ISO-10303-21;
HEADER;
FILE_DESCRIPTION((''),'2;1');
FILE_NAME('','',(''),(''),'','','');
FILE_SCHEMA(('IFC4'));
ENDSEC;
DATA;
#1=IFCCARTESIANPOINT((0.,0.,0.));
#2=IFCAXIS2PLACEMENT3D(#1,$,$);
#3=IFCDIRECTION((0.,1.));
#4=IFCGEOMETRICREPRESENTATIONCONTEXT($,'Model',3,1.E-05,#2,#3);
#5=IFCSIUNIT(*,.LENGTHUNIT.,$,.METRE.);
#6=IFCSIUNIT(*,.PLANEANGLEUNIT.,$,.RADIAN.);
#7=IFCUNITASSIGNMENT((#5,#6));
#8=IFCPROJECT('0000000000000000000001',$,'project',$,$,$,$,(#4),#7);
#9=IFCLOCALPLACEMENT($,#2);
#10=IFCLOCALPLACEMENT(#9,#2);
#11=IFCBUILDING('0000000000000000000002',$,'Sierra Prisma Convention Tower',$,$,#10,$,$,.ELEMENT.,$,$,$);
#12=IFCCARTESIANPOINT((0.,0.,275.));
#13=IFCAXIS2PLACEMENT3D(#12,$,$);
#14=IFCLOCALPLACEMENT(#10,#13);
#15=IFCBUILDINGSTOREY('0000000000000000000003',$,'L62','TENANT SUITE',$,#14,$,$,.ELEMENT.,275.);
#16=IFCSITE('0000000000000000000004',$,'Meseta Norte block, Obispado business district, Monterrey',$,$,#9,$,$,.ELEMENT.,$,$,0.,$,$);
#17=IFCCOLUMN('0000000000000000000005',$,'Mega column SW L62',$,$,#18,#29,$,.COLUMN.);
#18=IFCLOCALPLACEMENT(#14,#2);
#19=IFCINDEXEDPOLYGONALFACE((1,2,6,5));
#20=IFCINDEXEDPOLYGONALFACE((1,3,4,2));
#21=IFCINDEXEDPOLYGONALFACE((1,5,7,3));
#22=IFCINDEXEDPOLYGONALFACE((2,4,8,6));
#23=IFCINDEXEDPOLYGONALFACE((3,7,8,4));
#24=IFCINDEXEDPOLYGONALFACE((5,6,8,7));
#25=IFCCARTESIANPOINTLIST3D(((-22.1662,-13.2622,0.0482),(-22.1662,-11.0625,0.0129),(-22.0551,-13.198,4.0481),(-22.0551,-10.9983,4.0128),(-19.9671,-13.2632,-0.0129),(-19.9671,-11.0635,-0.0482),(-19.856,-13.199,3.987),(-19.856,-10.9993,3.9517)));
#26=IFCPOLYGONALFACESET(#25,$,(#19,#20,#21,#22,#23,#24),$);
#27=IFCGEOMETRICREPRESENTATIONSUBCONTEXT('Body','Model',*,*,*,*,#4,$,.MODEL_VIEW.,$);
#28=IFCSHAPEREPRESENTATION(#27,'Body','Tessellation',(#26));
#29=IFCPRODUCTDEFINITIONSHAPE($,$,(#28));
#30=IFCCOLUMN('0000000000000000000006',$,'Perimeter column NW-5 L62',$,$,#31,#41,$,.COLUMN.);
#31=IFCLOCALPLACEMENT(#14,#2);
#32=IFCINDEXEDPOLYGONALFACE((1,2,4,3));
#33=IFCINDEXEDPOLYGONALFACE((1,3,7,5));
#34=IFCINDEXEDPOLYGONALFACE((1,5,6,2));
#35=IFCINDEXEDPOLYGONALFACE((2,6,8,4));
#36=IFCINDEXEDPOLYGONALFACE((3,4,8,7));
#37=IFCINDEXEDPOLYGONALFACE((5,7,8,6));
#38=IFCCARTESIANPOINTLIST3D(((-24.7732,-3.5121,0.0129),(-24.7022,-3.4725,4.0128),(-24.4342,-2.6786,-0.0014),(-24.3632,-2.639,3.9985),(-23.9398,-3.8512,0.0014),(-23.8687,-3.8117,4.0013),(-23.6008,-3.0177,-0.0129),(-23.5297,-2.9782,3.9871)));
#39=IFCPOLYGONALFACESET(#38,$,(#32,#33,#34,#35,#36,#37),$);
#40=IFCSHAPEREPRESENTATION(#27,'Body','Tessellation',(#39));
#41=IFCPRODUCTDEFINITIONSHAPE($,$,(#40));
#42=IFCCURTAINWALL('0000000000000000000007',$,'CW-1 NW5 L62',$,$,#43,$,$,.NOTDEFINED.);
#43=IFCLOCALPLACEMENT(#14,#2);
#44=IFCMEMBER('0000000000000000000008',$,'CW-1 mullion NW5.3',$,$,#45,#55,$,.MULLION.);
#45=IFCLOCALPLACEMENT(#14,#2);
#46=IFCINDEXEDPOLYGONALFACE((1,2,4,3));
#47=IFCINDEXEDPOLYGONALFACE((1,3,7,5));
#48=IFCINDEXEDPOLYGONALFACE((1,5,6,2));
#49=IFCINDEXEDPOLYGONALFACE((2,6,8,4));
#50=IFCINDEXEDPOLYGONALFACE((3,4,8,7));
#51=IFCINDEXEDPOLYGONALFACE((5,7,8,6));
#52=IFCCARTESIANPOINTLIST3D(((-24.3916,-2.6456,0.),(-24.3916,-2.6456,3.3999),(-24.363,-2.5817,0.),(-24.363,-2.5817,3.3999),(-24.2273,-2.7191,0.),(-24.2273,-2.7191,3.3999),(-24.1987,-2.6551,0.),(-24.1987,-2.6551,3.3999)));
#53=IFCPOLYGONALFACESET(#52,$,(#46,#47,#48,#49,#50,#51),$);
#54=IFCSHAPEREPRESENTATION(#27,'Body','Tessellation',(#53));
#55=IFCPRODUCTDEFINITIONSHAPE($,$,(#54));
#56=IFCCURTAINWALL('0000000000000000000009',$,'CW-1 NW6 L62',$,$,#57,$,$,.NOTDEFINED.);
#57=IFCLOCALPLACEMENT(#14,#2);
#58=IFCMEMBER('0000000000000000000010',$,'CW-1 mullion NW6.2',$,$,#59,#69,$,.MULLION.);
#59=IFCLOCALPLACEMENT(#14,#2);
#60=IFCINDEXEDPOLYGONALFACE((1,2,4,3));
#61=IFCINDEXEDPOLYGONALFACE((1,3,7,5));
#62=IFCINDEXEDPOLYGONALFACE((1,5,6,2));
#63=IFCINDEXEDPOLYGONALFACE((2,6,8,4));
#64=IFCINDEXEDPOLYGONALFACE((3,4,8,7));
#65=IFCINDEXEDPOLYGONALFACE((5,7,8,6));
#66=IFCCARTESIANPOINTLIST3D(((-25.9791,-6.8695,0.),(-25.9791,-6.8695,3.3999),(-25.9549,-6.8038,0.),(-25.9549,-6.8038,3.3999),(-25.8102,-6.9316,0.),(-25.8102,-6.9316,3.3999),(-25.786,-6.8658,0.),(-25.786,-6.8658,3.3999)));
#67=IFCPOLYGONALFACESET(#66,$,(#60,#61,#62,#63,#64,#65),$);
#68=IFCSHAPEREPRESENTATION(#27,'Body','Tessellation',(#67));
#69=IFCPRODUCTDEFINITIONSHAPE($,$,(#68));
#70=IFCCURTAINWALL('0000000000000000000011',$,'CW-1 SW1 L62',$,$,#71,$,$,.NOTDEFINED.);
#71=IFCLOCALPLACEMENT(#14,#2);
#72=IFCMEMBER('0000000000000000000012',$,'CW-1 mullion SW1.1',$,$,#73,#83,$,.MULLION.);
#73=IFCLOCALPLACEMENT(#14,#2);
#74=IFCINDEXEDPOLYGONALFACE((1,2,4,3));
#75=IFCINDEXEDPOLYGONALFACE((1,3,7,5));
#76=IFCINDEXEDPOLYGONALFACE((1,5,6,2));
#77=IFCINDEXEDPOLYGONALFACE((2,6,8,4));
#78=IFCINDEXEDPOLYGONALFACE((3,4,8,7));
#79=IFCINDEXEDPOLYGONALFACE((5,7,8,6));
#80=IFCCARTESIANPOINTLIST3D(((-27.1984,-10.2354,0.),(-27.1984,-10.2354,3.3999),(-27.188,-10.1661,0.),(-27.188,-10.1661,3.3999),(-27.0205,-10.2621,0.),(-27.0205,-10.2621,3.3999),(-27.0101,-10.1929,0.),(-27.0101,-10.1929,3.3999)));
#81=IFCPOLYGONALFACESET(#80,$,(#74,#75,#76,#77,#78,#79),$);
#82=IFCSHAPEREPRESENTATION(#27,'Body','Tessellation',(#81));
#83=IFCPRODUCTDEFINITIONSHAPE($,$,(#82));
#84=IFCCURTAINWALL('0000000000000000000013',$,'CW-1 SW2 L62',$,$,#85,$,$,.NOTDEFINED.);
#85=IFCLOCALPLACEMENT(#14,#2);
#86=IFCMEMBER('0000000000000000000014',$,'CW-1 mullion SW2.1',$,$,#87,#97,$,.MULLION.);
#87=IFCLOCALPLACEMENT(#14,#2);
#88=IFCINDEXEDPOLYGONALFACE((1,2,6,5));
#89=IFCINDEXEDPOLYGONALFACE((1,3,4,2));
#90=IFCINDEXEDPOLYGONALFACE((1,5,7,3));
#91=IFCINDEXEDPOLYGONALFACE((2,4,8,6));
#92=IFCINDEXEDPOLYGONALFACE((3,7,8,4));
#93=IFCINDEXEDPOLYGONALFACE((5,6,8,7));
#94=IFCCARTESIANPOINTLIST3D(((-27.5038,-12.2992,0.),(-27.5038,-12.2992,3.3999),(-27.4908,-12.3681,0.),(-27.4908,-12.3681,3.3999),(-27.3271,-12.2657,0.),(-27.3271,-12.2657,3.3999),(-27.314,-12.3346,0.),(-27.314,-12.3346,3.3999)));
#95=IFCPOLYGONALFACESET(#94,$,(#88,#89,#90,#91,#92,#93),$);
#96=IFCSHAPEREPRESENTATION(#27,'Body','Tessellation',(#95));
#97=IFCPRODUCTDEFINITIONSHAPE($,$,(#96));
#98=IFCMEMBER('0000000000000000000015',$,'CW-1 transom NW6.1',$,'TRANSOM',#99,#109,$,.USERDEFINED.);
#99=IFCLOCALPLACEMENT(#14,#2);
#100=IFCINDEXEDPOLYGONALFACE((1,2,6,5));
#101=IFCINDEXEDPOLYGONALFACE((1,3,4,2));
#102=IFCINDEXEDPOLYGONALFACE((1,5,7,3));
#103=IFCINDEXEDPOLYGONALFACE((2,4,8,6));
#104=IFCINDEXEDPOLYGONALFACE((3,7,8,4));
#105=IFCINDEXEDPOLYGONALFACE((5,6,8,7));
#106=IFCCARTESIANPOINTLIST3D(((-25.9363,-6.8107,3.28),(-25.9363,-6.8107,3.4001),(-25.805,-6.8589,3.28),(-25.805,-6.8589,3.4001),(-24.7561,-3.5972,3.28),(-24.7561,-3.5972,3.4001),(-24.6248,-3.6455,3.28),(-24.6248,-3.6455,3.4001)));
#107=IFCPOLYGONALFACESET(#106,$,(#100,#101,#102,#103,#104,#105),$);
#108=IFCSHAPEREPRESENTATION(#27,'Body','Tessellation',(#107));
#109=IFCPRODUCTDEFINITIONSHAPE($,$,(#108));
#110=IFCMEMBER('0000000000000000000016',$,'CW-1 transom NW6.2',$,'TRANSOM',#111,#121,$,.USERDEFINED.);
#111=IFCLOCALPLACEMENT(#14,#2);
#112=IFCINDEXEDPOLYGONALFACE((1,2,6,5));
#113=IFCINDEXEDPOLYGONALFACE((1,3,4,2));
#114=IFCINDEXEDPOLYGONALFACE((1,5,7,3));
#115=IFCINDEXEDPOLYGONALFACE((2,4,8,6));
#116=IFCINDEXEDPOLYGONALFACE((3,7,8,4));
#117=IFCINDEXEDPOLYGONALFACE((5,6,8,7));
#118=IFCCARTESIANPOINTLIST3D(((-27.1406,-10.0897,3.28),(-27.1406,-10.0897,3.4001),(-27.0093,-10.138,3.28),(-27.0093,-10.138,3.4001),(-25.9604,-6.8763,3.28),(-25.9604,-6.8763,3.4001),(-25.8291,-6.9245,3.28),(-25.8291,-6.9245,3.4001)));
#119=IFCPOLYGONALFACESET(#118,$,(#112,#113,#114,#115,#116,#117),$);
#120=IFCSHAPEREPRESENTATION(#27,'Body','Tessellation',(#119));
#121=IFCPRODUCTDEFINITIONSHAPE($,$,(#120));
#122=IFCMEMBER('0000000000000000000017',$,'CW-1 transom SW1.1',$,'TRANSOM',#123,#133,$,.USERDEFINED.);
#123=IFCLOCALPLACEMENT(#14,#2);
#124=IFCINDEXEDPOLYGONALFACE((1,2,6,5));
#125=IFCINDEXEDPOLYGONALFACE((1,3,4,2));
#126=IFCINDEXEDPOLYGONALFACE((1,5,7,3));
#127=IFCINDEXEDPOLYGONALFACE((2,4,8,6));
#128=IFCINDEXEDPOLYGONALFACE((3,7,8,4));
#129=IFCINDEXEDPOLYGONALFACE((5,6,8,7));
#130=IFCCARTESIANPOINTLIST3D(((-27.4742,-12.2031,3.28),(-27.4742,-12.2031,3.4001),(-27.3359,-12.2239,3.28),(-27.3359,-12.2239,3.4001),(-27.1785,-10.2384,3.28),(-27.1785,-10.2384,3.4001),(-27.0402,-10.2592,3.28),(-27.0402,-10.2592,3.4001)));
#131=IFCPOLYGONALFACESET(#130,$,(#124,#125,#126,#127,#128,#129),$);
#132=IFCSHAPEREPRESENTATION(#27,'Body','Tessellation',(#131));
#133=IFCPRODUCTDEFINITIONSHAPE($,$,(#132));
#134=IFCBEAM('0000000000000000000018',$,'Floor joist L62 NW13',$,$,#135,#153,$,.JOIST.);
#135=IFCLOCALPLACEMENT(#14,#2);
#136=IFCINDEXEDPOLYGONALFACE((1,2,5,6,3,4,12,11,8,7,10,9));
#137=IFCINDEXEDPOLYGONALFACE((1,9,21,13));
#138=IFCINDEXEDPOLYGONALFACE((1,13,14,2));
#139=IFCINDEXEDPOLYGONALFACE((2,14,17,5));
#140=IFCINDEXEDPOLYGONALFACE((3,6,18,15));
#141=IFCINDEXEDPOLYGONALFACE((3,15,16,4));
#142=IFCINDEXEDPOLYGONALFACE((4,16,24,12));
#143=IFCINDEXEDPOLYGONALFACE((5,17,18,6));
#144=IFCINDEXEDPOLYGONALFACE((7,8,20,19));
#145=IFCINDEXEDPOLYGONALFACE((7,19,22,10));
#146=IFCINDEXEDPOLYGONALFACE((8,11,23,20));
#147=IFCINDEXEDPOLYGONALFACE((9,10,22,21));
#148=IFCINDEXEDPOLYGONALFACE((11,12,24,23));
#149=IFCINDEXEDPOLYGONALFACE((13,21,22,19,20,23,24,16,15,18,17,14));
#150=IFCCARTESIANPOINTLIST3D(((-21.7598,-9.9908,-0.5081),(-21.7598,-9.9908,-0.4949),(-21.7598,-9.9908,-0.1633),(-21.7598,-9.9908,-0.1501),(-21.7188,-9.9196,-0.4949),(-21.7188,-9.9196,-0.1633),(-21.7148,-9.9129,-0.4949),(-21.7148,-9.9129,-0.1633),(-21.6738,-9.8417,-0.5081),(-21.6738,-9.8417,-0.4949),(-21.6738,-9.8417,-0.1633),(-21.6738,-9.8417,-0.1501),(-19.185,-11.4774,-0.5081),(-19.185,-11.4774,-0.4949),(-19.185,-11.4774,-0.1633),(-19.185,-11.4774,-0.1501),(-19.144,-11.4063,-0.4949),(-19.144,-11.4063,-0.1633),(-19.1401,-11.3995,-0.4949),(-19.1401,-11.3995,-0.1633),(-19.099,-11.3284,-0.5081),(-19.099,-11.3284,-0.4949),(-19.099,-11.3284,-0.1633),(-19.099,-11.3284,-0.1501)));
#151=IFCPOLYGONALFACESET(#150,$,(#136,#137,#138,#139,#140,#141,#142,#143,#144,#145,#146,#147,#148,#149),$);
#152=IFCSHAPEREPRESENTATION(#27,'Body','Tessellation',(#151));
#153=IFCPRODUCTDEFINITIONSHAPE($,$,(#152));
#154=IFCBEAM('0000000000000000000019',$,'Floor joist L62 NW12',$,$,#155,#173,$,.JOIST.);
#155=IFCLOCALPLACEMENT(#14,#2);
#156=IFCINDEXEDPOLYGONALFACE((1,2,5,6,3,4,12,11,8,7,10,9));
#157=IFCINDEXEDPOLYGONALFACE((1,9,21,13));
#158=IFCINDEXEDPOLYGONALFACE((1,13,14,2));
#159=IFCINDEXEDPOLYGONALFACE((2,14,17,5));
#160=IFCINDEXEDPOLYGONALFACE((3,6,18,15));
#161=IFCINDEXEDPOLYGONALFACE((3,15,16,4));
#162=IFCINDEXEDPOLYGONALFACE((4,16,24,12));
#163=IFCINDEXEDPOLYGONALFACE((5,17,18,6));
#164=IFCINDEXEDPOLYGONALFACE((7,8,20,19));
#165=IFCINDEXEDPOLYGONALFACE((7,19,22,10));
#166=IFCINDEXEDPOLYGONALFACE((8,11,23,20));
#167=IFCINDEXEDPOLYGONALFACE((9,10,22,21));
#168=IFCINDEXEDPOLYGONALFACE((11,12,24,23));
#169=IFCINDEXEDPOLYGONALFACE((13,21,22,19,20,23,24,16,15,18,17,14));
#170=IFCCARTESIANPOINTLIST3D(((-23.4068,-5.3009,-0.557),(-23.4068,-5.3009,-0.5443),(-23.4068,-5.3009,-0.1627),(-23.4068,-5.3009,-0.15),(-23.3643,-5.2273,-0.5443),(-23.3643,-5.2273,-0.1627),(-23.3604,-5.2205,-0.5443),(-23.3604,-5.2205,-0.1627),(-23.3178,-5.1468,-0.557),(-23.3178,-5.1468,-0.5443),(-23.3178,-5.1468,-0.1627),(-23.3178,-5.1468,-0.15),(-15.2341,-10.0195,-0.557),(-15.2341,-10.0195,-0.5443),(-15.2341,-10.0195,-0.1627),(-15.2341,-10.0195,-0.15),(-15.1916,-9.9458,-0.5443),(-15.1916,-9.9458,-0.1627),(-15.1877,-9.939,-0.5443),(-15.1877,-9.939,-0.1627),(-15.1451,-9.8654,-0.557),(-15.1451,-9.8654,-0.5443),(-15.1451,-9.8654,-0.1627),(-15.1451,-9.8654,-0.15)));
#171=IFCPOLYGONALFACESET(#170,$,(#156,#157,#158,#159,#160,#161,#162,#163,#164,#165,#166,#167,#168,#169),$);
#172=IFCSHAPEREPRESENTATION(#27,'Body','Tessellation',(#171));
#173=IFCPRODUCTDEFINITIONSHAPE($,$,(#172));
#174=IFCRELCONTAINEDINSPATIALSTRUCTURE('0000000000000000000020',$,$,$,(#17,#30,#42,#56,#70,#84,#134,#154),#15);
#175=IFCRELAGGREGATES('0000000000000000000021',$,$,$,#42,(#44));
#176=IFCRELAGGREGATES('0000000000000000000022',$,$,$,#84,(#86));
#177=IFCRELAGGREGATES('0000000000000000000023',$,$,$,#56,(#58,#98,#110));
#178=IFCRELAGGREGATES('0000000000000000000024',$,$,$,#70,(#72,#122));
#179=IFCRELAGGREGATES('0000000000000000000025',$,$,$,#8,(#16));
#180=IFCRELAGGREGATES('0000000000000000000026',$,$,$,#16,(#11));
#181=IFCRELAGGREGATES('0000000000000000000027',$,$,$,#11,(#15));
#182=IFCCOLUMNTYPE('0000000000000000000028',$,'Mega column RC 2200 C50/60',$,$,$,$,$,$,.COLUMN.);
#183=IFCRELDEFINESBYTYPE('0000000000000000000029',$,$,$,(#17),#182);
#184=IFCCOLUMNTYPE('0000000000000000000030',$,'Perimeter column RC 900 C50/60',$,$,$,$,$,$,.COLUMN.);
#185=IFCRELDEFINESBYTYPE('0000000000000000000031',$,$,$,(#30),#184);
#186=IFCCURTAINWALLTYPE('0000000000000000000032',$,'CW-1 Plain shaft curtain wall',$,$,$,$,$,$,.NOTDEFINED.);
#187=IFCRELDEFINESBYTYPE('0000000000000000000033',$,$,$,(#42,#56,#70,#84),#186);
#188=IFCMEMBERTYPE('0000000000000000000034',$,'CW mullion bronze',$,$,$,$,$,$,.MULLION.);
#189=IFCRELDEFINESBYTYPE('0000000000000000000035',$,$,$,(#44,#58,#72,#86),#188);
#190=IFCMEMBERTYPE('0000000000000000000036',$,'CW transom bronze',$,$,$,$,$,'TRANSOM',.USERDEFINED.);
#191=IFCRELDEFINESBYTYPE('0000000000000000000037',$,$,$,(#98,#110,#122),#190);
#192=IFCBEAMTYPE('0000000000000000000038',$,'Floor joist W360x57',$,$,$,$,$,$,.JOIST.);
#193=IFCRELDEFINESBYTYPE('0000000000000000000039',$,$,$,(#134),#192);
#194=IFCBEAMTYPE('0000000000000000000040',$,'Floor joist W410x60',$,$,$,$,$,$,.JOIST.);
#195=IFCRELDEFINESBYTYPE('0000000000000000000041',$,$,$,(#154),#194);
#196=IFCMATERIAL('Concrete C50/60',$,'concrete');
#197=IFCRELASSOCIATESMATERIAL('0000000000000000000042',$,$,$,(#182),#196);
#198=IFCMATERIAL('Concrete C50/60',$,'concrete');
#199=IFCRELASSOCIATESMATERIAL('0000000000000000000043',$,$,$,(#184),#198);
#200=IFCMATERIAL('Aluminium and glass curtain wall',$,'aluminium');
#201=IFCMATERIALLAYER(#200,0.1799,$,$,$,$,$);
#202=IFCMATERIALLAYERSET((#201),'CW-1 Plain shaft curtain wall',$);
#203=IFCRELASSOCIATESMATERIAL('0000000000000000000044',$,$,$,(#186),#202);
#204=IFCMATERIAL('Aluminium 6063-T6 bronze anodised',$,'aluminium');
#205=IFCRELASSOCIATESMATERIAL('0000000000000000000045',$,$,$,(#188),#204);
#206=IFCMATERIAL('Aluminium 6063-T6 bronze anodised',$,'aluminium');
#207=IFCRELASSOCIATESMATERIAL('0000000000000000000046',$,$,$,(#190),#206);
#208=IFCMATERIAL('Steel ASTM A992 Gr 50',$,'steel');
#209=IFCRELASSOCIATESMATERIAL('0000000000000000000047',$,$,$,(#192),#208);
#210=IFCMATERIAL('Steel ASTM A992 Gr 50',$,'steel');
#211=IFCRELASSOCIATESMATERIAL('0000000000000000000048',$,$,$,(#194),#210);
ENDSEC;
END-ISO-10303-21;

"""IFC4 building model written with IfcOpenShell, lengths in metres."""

from ifc_helpers import new_model, si_unit, direction, frame, origin, origin_2d, place, context, subcontext, project, spatial, rectangle, i_section, extrude, material, layer, layer_set, material_profile, profile_set, type_object, element, aggregate, save


model = new_model("IFC4")

# Units and contexts
model_context = context("Model", 3, precision=1e-05, world=origin(), true_north=direction((0.0, 1.0)))
body_context = subcontext(model_context, "Body", "Model", "MODEL_VIEW")
ifc_project = project(units=[si_unit("LENGTHUNIT", "METRE"), si_unit("PLANEANGLEUNIT", "RADIAN")], contexts=[model_context])

# Site, building, storey
site_placement = place(None, origin())
site = spatial("IfcSite", under=ifc_project, at=site_placement, Name="Meseta Norte block, Obispado business district, Monterrey", CompositionType="ELEMENT", RefElevation=0.0)
building_placement = place(site_placement, origin())
building = spatial("IfcBuilding", under=site, at=building_placement, Name="Sierra Prisma Convention Tower", CompositionType="ELEMENT")
storey_placement = place(building_placement, frame((0.0, 0.0, 275.0)))
storey = spatial("IfcBuildingStorey", under=building, at=storey_placement, Name="L62", Description="TENANT SUITE", CompositionType="ELEMENT", Elevation=275.0)

# Columns
ifc_material_1 = material(Name="Concrete C50/60", Category="concrete")
ifc_material_profile_1 = material_profile(ifc_material_1, rectangle(XDim=2.2, YDim=2.2, at=origin_2d()), Name="Mega column RC 2200 C50/60")
ifc_profile_set_1 = profile_set([ifc_material_profile_1], Name="Concrete C50/60")
column_type_1 = type_object("IfcColumnType", Name="Mega column RC 2200 C50/60", PredefinedType="COLUMN", material=ifc_profile_set_1)
column_1_placement = place(storey_placement, frame((-21.0667, -12.1628, 0.0), z_axis=(0.027757, 0.016044, 0.999486), x_axis=(0.999615, -0.000446, -0.027753)))
element("IfcColumn", 1, at=column_1_placement, inside=storey, type_object=column_type_1, Name="Mega column SW L62", PredefinedType="COLUMN", context=body_context, shape_type="SweptSolid", body=[
    extrude(rectangle(XDim=2.2, YDim=2.2, at=origin_2d()), origin(), (0.0, 0.0, 1.0), 4.002),
])
ifc_material_2 = material(Name="Concrete C50/60", Category="concrete")
ifc_material_profile_2 = material_profile(ifc_material_2, rectangle(XDim=0.8999, YDim=0.8999, at=origin_2d()), Name="Perimeter column RC 900 C50/60")
ifc_profile_set_2 = profile_set([ifc_material_profile_2], Name="Concrete C50/60")
column_type_2 = type_object("IfcColumnType", Name="Perimeter column RC 900 C50/60", PredefinedType="COLUMN", material=ifc_profile_set_2)
column_2_placement = place(storey_placement, frame((-24.187, -3.2649, 0.0), z_axis=(0.017758, 0.009886, 0.999793), x_axis=(0.376697, 0.926201, -0.015849)))
element("IfcColumn", 2, at=column_2_placement, inside=storey, type_object=column_type_2, Name="Perimeter column NW-5 L62", PredefinedType="COLUMN", context=body_context, shape_type="SweptSolid", body=[
    extrude(rectangle(XDim=0.8999, YDim=0.8999, at=origin_2d()), origin(), (0.0, 0.0, 1.0), 4.0007),
])

# Curtain walls, members
ifc_material_3 = material(Name="Aluminium and glass curtain wall", Category="aluminium")
ifc_layer_1 = layer(ifc_material_3, 0.1799)
ifc_layer_set_1 = layer_set([ifc_layer_1], Name="CW-1 Plain shaft curtain wall")
curtain_wall_type = type_object("IfcCurtainWallType", Name="CW-1 Plain shaft curtain wall", PredefinedType="NOTDEFINED", material=ifc_layer_set_1)
curtain_wall_1_placement = place(storey_placement, origin())
curtain_wall_1 = element("IfcCurtainWall", 3, at=curtain_wall_1_placement, inside=storey, type_object=curtain_wall_type, Name="CW-1 NW5 L62", PredefinedType="NOTDEFINED")
ifc_material_4 = material(Name="Aluminium 6063-T6 bronze anodised", Category="aluminium")
ifc_material_profile_3 = material_profile(ifc_material_4, rectangle(XDim=0.1799, YDim=0.0701, at=origin_2d()), Name="ALU MULLION 70x180")
ifc_profile_set_3 = profile_set([ifc_material_profile_3], Name="Aluminium 6063-T6 bronze anodised")
member_type_1 = type_object("IfcMemberType", Name="CW mullion bronze", PredefinedType="MULLION", material=ifc_profile_set_3)
member_1_placement = place(storey_placement, frame((-24.2952, -2.6504, 0.0), z_axis=(0.0, 0.0, 1.0), x_axis=(0.912837, -0.408325, 0.0)))
member_1 = element("IfcMember", 4, at=member_1_placement, type_object=member_type_1, Name="CW-1 mullion NW5.3", PredefinedType="MULLION", context=body_context, shape_type="SweptSolid", body=[
    extrude(rectangle(XDim=0.1799, YDim=0.0701, at=origin_2d()), origin(), (0.0, 0.0, 1.0), 3.3999),
])
aggregate(curtain_wall_1, [member_1])
curtain_wall_2_placement = place(storey_placement, origin())
curtain_wall_2 = element("IfcCurtainWall", 5, at=curtain_wall_2_placement, inside=storey, type_object=curtain_wall_type, Name="CW-1 NW6 L62", PredefinedType="NOTDEFINED")
member_2_placement = place(storey_placement, frame((-25.8826, -6.8677, 0.0), z_axis=(0.0, 0.0, 1.0), x_axis=(0.938697, -0.344742, 0.0)))
member_2 = element("IfcMember", 6, at=member_2_placement, type_object=member_type_1, Name="CW-1 mullion NW6.2", PredefinedType="MULLION", context=body_context, shape_type="SweptSolid", body=[
    extrude(rectangle(XDim=0.1799, YDim=0.0701, at=origin_2d()), origin(), (0.0, 0.0, 1.0), 3.3999),
])
curtain_wall_3_placement = place(storey_placement, origin())
curtain_wall_3 = element("IfcCurtainWall", 7, at=curtain_wall_3_placement, inside=storey, type_object=curtain_wall_type, Name="CW-1 SW1 L62", PredefinedType="NOTDEFINED")
member_3_placement = place(storey_placement, frame((-27.1042, -10.2141, 0.0), z_axis=(0.0, 0.0, 1.0), x_axis=(0.988862, -0.148835, 0.0)))
member_3 = element("IfcMember", 8, at=member_3_placement, type_object=member_type_1, Name="CW-1 mullion SW1.1", PredefinedType="MULLION", context=body_context, shape_type="SweptSolid", body=[
    extrude(rectangle(XDim=0.1799, YDim=0.0701, at=origin_2d()), origin(), (0.0, 0.0, 1.0), 3.3999),
])
curtain_wall_4_placement = place(storey_placement, origin())
curtain_wall_4 = element("IfcCurtainWall", 9, at=curtain_wall_4_placement, inside=storey, type_object=curtain_wall_type, Name="CW-1 SW2 L62", PredefinedType="NOTDEFINED")
member_4_placement = place(storey_placement, frame((-27.4089, -12.3169, 0.0), z_axis=(0.0, 0.0, 1.0), x_axis=(0.982547, 0.186014, 0.0)))
member_4 = element("IfcMember", 10, at=member_4_placement, type_object=member_type_1, Name="CW-1 mullion SW2.1", PredefinedType="MULLION", context=body_context, shape_type="SweptSolid", body=[
    extrude(rectangle(XDim=0.1799, YDim=0.0701, at=origin_2d()), origin(), (0.0, 0.0, 1.0), 3.3999),
])
aggregate(curtain_wall_4, [member_4])

# Members
ifc_material_5 = material(Name="Aluminium 6063-T6 bronze anodised", Category="aluminium")
ifc_material_profile_4 = material_profile(ifc_material_5, rectangle(XDim=0.1399, YDim=0.1201, at=origin_2d()), Name="ALU TRANSOM 120x140")
ifc_profile_set_4 = profile_set([ifc_material_profile_4], Name="Aluminium 6063-T6 bronze anodised")
member_type_2 = type_object("IfcMemberType", Name="CW transom bronze", ElementType="TRANSOM", PredefinedType="USERDEFINED", material=ifc_profile_set_4)
member_5_placement = place(storey_placement, frame((-24.6904, -3.6213, 3.3401), z_axis=(-0.344753, -0.938693, 0.0), x_axis=(0.938693, -0.344753, 0.0)))
member_5 = element("IfcMember", 11, at=member_5_placement, type_object=member_type_2, Name="CW-1 transom NW6.1", ObjectType="TRANSOM", PredefinedType="USERDEFINED", context=body_context, shape_type="SweptSolid", body=[
    extrude(rectangle(XDim=0.1399, YDim=0.1201, at=origin_2d()), origin(), (0.0, 0.0, 1.0), 3.4233),
])
member_6_placement = place(storey_placement, frame((-25.8948, -6.9004, 3.3401), z_axis=(-0.344753, -0.938693, 0.0), x_axis=(0.938693, -0.344753, 0.0)))
member_6 = element("IfcMember", 12, at=member_6_placement, type_object=member_type_2, Name="CW-1 transom NW6.2", ObjectType="TRANSOM", PredefinedType="USERDEFINED", context=body_context, shape_type="SweptSolid", body=[
    extrude(rectangle(XDim=0.1399, YDim=0.1201, at=origin_2d()), origin(), (0.0, 0.0, 1.0), 3.4233),
])
member_7_placement = place(storey_placement, frame((-27.1094, -10.2488, 3.3401), z_axis=(-0.148815, -0.988865, 0.0), x_axis=(0.988865, -0.148815, 0.0)))
member_7 = element("IfcMember", 13, at=member_7_placement, type_object=member_type_2, Name="CW-1 transom SW1.1", ObjectType="TRANSOM", PredefinedType="USERDEFINED", context=body_context, shape_type="SweptSolid", body=[
    extrude(rectangle(XDim=0.1399, YDim=0.1201, at=origin_2d()), origin(), (0.0, 0.0, 1.0), 1.9868),
])

# Beams
ifc_material_6 = material(Name="Steel ASTM A992 Gr 50", Category="steel")
ifc_material_profile_5 = material_profile(ifc_material_6, i_section(OverallWidth=0.1721, OverallDepth=0.3579, WebThickness=0.0078, FlangeThickness=0.0132, at=origin_2d()), Name="W360x57")
ifc_profile_set_5 = profile_set([ifc_material_profile_5], Name="Steel ASTM A992 Gr 50")
beam_type_1 = type_object("IfcBeamType", Name="Floor joist W360x57", PredefinedType="JOIST", material=ifc_profile_set_5)
beam_1_placement = place(storey_placement, frame((-21.7168, -9.9163, -0.3291), z_axis=(0.866016, -0.500016, 0.0), x_axis=(0.500016, 0.866016, 0.0)))
element("IfcBeam", 14, at=beam_1_placement, inside=storey, type_object=beam_type_1, Name="Floor joist L62 NW13", PredefinedType="JOIST", context=body_context, shape_type="SweptSolid", body=[
    extrude(i_section(OverallWidth=0.1721, OverallDepth=0.3579, WebThickness=0.0078, FlangeThickness=0.0132, at=origin_2d()), origin(), (0.0, 0.0, 1.0), 2.9731),
])
ifc_material_7 = material(Name="Steel ASTM A992 Gr 50", Category="steel")
ifc_material_profile_6 = material_profile(ifc_material_7, i_section(OverallWidth=0.178, OverallDepth=0.407, WebThickness=0.0078, FlangeThickness=0.0127, at=origin_2d()), Name="W410x60")
ifc_profile_set_6 = profile_set([ifc_material_profile_6], Name="Steel ASTM A992 Gr 50")
beam_type_2 = type_object("IfcBeamType", Name="Floor joist W410x60", PredefinedType="JOIST", material=ifc_profile_set_6)
beam_2_placement = place(storey_placement, frame((-23.3623, -5.2239, -0.3535), z_axis=(0.866023, -0.500004, 0.0), x_axis=(0.500004, 0.866023, 0.0)))
element("IfcBeam", 15, at=beam_2_placement, inside=storey, type_object=beam_type_2, Name="Floor joist L62 NW12", PredefinedType="JOIST", context=body_context, shape_type="SweptSolid", body=[
    extrude(i_section(OverallWidth=0.178, OverallDepth=0.407, WebThickness=0.0078, FlangeThickness=0.0127, at=origin_2d()), origin(), (0.0, 0.0, 1.0), 9.437),
])

aggregate(curtain_wall_2, [member_2, member_5, member_6])
aggregate(curtain_wall_3, [member_3, member_7])

save(model, "model.ifc")
